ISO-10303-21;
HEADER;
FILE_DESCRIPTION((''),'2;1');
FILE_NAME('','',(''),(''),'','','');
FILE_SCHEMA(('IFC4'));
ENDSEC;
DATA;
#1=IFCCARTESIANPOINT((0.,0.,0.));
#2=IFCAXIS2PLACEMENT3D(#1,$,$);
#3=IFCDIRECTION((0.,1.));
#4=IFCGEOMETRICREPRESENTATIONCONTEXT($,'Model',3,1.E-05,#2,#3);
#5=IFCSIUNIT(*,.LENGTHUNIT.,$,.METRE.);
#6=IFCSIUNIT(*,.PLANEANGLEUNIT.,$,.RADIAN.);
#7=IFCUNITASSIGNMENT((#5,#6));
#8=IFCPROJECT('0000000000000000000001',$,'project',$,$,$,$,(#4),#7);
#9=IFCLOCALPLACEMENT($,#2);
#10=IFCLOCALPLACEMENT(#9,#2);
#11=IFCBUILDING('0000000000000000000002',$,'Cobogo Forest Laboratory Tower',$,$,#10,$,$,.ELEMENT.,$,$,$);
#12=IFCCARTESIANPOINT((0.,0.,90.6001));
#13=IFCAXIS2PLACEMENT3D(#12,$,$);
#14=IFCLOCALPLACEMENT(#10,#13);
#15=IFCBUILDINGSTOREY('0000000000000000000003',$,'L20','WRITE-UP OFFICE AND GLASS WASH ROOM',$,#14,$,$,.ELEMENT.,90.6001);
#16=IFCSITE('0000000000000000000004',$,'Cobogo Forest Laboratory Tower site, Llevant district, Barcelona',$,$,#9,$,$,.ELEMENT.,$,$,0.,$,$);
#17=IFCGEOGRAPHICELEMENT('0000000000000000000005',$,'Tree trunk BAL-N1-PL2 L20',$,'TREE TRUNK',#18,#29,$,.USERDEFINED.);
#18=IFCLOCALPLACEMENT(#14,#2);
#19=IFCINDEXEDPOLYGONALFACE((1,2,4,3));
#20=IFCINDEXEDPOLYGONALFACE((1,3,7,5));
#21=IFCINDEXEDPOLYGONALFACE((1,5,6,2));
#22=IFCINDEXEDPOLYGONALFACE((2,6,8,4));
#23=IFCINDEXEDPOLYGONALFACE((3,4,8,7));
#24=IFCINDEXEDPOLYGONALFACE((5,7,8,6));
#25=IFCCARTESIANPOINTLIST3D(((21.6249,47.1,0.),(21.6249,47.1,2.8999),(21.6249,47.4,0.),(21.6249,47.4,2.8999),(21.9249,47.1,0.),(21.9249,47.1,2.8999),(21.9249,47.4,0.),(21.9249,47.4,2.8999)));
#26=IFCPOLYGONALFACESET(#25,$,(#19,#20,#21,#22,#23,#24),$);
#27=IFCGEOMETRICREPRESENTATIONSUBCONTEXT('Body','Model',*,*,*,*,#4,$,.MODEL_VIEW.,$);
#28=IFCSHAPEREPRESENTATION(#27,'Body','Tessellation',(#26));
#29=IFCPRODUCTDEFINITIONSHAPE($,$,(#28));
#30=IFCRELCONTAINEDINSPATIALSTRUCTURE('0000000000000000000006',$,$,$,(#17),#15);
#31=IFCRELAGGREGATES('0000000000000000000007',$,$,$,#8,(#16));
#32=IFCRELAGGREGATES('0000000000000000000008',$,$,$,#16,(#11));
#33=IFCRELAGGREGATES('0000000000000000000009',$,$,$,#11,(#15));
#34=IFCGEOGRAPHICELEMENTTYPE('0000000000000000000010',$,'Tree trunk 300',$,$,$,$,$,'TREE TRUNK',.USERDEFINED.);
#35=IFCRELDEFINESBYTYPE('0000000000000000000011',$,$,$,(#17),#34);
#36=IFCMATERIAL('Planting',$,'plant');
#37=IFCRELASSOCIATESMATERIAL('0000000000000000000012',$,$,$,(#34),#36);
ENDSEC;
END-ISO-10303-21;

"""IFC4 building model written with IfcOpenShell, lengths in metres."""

from ifc_helpers import new_model, si_unit, direction, frame, origin, origin_2d, place, context, subcontext, project, spatial, rectangle, extrude, material, type_object, element, save


model = new_model("IFC4")

# Units and contexts
model_context = context("Model", 3, precision=1e-05, world=origin(), true_north=direction((0.0, 1.0)))
body_context = subcontext(model_context, "Body", "Model", "MODEL_VIEW")
ifc_project = project(units=[si_unit("LENGTHUNIT", "METRE"), si_unit("PLANEANGLEUNIT", "RADIAN")], contexts=[model_context])

# Site, building, storey
site_placement = place(None, origin())
site = spatial("IfcSite", under=ifc_project, at=site_placement, Name="Cobogo Forest Laboratory Tower site, Llevant district, Barcelona", CompositionType="ELEMENT", RefElevation=0.0)
building_placement = place(site_placement, origin())
building = spatial("IfcBuilding", under=site, at=building_placement, Name="Cobogo Forest Laboratory Tower", CompositionType="ELEMENT")
storey_placement = place(building_placement, frame((0.0, 0.0, 90.6001)))
storey = spatial("IfcBuildingStorey", under=building, at=storey_placement, Name="L20", Description="WRITE-UP OFFICE AND GLASS WASH ROOM", CompositionType="ELEMENT", Elevation=90.6001)

# Geographic element
ifc_material_1 = material(Name="Planting", Category="plant")
geographic_element_type = type_object("IfcGeographicElementType", Name="Tree trunk 300", ElementType="TREE TRUNK", PredefinedType="USERDEFINED", material=ifc_material_1)
geographic_element_placement = place(storey_placement, frame((21.7749, 47.25, 0.0), z_axis=(0.0, 0.0, 1.0), x_axis=(1.0, 0.0, 0.0)))
element("IfcGeographicElement", 1, at=geographic_element_placement, inside=storey, type_object=geographic_element_type, Name="Tree trunk BAL-N1-PL2 L20", ObjectType="TREE TRUNK", PredefinedType="USERDEFINED", context=body_context, shape_type="SweptSolid", body=[
    extrude(rectangle(XDim=0.3, YDim=0.3, at=origin_2d()), origin(), (0.0, 0.0, 1.0), 2.8999),
])

save(model, "model.ifc")
